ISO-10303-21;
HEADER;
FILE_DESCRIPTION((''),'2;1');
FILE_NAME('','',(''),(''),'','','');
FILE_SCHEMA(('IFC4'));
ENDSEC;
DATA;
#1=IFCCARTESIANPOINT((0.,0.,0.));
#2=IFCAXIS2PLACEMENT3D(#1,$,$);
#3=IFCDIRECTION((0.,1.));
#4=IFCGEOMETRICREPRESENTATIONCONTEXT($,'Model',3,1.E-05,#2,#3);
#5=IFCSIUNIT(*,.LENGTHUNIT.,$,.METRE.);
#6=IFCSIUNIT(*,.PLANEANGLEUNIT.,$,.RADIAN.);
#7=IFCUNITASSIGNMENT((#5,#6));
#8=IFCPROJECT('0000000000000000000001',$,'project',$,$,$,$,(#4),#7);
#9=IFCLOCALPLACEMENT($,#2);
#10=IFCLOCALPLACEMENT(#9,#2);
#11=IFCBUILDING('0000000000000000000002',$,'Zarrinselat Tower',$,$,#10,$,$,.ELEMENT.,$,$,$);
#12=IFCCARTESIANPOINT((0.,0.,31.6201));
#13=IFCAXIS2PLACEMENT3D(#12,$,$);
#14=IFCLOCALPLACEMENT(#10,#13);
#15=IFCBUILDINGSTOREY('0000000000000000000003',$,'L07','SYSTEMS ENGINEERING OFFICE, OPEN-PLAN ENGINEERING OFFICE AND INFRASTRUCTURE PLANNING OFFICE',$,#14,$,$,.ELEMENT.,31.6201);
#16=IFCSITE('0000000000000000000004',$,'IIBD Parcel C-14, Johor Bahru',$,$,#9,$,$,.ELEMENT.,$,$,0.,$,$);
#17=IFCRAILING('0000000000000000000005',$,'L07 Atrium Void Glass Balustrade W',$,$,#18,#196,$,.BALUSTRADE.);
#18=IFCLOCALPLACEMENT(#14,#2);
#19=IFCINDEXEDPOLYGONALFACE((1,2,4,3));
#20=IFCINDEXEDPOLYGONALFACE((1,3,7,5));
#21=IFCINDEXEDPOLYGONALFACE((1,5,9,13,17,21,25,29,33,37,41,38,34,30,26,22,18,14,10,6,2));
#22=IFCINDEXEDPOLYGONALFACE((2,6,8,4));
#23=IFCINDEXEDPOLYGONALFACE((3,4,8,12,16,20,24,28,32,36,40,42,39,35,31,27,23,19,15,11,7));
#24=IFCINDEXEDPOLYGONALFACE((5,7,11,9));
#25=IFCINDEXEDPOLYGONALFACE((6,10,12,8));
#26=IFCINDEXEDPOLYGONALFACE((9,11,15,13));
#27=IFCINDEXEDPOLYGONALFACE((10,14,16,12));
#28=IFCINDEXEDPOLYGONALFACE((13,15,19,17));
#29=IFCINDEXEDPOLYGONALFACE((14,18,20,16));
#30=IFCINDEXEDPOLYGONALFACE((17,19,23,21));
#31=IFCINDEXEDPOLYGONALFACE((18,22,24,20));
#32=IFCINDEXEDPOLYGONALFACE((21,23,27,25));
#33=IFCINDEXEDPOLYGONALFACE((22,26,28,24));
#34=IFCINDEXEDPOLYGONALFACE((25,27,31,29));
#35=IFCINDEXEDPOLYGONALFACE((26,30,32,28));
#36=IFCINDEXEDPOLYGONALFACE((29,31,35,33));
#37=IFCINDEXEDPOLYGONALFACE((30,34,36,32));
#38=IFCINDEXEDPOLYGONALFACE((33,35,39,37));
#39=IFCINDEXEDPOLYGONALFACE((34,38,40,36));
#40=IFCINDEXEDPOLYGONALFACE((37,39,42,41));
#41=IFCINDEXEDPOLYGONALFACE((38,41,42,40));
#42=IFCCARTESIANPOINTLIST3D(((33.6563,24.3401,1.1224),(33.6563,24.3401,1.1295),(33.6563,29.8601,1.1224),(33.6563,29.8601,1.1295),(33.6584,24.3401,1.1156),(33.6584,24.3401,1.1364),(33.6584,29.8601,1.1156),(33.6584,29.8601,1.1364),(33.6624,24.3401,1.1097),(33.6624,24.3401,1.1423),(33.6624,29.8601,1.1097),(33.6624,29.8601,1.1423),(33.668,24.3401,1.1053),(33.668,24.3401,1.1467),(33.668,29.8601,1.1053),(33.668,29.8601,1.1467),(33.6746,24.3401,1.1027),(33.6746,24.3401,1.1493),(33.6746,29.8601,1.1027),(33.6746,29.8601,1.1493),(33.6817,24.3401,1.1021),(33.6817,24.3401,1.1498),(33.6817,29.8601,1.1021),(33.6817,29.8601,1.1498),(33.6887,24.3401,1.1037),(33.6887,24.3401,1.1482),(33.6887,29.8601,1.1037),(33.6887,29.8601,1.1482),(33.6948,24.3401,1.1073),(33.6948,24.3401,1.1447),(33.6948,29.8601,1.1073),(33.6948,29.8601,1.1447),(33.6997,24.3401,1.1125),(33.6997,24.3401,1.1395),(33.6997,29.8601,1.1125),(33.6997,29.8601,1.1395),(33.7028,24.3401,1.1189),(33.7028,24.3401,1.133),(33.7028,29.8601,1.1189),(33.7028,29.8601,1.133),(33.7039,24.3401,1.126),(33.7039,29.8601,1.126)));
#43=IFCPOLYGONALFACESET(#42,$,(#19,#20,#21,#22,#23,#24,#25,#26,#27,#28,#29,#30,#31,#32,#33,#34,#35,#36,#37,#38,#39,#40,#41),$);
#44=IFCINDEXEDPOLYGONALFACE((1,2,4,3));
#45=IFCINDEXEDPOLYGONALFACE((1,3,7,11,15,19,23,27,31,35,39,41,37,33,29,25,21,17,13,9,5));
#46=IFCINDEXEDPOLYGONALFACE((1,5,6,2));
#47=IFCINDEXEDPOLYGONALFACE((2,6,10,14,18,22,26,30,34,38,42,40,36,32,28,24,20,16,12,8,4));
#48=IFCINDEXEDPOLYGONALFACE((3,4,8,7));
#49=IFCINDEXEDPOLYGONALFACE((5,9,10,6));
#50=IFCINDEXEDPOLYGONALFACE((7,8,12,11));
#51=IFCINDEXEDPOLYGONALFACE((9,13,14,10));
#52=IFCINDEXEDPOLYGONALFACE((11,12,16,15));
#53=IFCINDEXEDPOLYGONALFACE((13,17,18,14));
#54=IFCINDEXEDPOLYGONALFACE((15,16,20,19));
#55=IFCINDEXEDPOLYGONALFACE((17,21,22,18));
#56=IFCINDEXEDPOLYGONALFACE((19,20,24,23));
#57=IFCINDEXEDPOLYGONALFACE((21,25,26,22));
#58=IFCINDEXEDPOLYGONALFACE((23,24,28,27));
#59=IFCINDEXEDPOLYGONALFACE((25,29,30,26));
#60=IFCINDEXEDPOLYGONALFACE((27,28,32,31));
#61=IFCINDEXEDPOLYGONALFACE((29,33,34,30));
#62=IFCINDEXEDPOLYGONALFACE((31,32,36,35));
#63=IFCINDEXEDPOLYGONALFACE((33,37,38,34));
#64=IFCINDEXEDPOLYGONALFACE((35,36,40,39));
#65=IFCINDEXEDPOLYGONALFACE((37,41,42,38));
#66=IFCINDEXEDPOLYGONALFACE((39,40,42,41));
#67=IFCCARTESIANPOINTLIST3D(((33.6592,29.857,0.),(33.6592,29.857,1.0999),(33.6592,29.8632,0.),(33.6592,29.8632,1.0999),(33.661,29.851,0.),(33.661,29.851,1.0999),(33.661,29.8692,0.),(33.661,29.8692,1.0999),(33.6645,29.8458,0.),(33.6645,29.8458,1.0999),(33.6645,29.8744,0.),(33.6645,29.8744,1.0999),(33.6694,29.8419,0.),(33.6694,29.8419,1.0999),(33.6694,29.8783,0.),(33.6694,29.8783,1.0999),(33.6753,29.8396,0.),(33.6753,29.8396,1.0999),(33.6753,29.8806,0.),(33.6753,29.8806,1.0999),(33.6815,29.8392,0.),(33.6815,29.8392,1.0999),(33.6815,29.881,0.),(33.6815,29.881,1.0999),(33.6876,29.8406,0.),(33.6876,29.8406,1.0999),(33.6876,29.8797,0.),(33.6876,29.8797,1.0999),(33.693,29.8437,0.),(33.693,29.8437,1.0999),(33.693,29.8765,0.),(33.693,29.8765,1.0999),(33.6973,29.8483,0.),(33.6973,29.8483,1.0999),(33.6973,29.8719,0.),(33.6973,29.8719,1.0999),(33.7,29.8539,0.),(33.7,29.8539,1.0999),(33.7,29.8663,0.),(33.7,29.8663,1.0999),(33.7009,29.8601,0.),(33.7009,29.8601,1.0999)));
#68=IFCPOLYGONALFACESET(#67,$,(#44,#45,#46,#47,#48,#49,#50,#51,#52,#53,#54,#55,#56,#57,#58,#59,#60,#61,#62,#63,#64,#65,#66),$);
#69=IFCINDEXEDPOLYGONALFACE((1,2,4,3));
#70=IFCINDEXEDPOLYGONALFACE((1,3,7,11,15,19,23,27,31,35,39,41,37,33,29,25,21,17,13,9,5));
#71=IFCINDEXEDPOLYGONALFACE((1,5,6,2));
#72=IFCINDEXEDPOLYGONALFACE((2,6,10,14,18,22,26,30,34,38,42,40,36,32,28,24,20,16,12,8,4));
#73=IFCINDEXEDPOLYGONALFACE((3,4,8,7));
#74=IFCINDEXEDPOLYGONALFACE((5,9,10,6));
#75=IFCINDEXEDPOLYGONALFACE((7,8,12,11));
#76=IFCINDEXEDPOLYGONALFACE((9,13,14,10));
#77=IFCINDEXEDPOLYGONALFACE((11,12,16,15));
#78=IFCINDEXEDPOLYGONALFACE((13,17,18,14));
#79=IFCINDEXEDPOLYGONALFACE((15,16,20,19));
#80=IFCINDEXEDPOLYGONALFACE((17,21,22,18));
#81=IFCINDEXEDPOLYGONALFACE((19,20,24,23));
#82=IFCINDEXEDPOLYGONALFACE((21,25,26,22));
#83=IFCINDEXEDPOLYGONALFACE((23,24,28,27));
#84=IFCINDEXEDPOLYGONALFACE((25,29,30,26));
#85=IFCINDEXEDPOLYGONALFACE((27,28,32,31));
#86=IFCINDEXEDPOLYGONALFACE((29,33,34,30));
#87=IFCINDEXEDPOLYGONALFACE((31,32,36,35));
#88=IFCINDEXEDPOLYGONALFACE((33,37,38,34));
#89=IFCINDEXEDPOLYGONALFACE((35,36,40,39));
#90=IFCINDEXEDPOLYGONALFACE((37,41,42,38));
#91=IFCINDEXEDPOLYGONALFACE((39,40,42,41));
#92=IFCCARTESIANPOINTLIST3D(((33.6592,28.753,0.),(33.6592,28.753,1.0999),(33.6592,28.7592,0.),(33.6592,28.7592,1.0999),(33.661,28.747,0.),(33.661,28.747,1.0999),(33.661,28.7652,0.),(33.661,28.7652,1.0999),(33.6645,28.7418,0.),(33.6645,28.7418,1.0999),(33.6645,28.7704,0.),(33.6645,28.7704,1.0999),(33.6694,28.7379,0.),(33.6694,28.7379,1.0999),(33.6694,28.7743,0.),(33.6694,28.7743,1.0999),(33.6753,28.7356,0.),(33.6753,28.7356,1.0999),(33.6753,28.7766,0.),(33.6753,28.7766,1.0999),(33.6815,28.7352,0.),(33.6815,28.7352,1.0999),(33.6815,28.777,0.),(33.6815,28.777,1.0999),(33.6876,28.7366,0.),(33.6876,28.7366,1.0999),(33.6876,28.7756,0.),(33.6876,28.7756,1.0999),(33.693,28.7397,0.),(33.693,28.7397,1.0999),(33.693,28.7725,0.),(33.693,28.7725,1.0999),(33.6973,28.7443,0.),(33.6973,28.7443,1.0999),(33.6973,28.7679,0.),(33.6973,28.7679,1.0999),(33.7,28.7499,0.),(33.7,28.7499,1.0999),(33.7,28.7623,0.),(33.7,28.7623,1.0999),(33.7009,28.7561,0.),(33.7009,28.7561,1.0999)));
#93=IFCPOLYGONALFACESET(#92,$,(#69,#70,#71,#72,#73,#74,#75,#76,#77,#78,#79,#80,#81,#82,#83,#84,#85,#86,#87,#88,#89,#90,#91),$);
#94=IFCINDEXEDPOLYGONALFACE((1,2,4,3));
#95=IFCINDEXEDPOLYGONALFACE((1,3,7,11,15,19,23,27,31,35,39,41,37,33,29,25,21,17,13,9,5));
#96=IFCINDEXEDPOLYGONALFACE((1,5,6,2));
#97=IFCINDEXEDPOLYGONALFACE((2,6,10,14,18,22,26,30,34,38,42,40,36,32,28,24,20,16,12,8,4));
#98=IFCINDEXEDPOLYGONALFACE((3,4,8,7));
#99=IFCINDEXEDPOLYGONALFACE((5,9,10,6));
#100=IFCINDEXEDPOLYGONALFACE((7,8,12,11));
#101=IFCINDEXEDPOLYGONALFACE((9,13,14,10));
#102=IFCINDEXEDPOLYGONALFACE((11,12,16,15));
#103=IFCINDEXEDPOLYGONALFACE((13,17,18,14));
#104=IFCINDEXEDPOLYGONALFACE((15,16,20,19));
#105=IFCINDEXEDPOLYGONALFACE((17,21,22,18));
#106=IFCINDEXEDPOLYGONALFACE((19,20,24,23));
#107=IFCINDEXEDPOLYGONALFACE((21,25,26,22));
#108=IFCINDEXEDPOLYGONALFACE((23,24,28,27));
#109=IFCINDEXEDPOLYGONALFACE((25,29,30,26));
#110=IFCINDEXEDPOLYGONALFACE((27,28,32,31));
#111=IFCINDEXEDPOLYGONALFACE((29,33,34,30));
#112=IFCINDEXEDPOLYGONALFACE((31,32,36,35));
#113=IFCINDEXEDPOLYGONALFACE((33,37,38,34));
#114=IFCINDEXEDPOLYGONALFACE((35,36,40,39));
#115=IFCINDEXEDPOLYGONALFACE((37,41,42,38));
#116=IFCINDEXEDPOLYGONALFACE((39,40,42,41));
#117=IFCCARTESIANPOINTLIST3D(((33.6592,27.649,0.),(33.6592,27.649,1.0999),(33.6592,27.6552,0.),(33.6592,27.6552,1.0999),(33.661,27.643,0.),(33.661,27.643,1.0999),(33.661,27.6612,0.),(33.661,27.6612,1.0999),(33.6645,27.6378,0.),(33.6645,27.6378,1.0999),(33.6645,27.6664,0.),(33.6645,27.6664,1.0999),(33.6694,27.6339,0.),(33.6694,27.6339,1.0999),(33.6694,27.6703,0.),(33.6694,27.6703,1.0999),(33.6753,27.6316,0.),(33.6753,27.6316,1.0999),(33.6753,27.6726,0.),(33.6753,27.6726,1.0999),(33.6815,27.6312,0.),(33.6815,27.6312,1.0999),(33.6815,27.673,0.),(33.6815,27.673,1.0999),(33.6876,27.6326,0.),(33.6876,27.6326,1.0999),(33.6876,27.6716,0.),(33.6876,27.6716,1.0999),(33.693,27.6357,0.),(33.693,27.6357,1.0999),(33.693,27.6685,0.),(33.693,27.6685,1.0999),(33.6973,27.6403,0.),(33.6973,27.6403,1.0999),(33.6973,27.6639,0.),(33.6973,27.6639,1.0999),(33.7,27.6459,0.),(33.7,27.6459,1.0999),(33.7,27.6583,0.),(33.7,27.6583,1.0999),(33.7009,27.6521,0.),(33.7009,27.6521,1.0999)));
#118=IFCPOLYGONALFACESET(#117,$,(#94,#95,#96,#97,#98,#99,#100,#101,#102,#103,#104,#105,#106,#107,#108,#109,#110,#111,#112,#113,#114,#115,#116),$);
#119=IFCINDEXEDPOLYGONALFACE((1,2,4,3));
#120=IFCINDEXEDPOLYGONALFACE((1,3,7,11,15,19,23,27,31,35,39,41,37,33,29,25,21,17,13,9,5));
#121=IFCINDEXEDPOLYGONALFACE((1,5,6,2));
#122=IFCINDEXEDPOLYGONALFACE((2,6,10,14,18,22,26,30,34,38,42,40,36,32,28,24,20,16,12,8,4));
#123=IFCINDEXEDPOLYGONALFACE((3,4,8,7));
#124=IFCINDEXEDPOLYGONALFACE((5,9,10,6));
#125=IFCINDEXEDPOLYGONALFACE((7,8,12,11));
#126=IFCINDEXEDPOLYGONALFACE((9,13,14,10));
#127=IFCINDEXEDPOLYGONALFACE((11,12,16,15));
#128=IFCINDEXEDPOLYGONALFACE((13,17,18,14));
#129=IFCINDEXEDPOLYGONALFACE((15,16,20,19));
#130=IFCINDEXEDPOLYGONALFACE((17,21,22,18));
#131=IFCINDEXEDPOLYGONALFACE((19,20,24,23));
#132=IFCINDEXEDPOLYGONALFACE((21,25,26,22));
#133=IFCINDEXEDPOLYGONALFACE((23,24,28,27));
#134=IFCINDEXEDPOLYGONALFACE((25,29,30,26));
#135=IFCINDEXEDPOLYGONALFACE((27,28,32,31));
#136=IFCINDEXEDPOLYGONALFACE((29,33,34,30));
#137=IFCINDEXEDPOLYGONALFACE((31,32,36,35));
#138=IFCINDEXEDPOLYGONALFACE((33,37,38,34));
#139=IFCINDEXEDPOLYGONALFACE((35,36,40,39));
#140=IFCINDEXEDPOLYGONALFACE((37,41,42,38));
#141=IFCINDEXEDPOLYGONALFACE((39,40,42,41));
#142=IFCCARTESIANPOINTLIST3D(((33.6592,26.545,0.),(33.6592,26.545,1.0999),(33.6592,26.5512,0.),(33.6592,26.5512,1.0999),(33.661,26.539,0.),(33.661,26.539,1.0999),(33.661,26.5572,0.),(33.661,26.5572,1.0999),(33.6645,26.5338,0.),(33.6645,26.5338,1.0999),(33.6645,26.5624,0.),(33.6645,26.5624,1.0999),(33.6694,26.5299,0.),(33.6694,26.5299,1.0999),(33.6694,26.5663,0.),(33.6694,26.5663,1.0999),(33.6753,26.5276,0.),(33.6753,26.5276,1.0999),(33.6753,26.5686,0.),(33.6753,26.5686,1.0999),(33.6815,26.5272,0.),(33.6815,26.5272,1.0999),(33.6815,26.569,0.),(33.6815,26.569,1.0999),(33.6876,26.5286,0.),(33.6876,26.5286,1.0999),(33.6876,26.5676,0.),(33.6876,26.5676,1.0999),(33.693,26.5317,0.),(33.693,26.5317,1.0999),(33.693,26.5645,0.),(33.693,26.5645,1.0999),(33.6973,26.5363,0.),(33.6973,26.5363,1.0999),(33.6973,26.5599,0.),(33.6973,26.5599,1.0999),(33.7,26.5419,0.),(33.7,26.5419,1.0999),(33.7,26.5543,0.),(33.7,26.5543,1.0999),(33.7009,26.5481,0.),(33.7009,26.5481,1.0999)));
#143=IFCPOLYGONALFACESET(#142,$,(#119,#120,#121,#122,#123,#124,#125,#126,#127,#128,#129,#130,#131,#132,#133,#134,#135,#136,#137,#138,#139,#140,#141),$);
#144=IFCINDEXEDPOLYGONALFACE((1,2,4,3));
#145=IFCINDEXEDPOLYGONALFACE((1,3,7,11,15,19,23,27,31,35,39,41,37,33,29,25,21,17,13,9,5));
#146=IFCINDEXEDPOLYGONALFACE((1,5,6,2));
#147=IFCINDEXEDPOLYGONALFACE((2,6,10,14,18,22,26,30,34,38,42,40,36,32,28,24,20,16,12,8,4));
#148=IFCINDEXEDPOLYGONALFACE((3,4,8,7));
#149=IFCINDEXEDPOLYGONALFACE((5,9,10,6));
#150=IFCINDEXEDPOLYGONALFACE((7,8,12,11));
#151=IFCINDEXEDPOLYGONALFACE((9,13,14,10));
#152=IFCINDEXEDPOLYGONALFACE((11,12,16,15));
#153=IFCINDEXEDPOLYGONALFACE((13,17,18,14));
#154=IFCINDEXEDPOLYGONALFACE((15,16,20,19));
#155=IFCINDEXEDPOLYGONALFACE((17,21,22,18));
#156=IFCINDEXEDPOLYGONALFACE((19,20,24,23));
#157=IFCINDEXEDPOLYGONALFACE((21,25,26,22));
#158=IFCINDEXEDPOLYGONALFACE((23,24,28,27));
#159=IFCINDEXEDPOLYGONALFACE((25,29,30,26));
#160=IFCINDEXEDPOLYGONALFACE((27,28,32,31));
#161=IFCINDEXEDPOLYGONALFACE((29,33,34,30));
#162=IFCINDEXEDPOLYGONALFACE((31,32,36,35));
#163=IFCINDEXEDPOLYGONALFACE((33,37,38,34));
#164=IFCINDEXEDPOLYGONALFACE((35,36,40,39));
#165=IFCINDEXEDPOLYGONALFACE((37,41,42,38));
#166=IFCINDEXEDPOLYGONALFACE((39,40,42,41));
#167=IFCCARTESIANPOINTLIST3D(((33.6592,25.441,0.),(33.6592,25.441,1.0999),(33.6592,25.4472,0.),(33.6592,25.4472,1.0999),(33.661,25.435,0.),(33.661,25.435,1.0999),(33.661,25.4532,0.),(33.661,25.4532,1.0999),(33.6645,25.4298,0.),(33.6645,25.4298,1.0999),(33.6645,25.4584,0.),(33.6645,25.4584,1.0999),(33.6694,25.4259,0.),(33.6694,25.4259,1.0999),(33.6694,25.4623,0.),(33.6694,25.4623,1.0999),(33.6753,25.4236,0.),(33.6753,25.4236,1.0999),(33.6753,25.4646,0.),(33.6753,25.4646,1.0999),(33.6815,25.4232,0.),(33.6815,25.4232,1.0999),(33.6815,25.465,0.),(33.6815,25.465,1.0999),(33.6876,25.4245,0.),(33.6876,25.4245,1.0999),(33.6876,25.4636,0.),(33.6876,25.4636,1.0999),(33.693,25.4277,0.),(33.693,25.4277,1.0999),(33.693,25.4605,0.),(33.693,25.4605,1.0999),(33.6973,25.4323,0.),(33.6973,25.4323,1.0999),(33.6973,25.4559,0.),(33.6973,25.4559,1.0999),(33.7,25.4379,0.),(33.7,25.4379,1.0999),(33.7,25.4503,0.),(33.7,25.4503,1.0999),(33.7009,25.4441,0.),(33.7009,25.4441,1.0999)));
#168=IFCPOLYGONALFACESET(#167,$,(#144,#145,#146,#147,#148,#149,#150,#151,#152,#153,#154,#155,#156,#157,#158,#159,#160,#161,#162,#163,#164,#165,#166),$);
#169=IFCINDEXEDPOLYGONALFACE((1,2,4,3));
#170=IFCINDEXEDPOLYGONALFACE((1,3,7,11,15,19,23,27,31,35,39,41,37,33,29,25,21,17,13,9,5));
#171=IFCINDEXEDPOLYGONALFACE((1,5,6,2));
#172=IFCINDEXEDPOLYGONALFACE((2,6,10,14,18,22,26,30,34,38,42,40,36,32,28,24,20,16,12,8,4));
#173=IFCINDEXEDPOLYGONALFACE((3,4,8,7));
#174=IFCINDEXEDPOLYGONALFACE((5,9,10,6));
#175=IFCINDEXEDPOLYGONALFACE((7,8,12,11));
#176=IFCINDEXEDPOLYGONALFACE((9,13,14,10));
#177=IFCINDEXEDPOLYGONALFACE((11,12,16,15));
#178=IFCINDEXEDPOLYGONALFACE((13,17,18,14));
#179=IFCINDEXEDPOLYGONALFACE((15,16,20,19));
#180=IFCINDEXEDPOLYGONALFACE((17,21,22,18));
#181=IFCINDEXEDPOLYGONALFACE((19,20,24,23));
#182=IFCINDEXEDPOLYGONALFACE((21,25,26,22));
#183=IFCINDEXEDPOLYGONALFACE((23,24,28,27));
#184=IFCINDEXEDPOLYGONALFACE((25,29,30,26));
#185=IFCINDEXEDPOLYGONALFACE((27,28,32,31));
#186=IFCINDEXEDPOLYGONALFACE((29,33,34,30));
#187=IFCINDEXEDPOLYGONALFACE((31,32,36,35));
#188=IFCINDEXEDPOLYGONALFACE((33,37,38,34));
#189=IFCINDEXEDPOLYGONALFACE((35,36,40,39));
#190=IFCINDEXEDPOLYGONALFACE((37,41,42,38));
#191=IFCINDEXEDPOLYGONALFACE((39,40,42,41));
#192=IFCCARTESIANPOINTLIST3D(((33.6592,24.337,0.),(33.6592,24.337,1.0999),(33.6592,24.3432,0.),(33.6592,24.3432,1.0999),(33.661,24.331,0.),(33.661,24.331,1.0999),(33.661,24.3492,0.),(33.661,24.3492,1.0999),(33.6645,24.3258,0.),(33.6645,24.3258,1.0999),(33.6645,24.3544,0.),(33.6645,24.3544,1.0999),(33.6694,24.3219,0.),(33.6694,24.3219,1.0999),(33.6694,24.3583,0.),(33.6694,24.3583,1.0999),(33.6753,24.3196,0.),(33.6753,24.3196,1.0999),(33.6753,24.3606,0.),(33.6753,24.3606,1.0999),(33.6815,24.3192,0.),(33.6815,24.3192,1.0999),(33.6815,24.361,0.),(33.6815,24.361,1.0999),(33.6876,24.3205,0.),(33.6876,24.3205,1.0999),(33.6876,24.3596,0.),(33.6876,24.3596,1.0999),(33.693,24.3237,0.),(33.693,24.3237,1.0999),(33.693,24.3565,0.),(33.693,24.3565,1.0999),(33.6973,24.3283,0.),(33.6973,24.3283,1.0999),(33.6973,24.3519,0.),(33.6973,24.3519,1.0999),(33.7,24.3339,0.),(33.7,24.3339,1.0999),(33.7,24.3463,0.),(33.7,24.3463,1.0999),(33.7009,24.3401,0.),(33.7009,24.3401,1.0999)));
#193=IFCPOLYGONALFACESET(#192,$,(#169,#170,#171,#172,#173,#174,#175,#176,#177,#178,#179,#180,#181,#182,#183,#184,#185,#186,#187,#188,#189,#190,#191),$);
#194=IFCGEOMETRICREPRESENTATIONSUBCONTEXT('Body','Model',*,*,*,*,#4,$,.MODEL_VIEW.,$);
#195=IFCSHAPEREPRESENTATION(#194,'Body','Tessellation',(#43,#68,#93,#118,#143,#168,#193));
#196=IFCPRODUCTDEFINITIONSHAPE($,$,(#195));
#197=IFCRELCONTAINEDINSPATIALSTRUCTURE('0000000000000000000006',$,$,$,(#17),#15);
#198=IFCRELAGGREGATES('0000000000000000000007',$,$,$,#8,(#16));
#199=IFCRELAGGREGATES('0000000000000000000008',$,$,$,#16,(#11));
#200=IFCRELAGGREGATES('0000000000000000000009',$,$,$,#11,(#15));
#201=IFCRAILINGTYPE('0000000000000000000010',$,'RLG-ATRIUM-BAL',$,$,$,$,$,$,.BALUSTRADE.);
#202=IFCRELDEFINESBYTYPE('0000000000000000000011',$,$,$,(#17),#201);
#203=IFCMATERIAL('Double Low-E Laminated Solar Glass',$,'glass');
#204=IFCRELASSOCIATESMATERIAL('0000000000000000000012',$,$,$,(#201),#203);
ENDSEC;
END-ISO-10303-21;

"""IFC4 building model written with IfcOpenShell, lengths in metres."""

from ifc_helpers import new_model, si_unit, direction, frame, origin, origin_2d, place, context, subcontext, project, spatial, circle, extrude, material, type_object, element, save


model = new_model("IFC4")

# Units and contexts
model_context = context("Model", 3, precision=1e-05, world=origin(), true_north=direction((0.0, 1.0)))
body_context = subcontext(model_context, "Body", "Model", "MODEL_VIEW")
ifc_project = project(units=[si_unit("LENGTHUNIT", "METRE"), si_unit("PLANEANGLEUNIT", "RADIAN")], contexts=[model_context])

# Site, building, storey
site_placement = place(None, origin())
site = spatial("IfcSite", under=ifc_project, at=site_placement, Name="IIBD Parcel C-14, Johor Bahru", CompositionType="ELEMENT", RefElevation=0.0)
building_placement = place(site_placement, origin())
building = spatial("IfcBuilding", under=site, at=building_placement, Name="Zarrinselat Tower", CompositionType="ELEMENT")
storey_placement = place(building_placement, frame((0.0, 0.0, 31.6201)))
storey = spatial("IfcBuildingStorey", under=building, at=storey_placement, Name="L07", Description="SYSTEMS ENGINEERING OFFICE, OPEN-PLAN ENGINEERING OFFICE AND INFRASTRUCTURE PLANNING OFFICE", CompositionType="ELEMENT", Elevation=31.6201)

# Railing
ifc_material_1 = material(Name="Double Low-E Laminated Solar Glass", Category="glass")
railing_type_1 = type_object("IfcRailingType", Name="RLG-ATRIUM-BAL", PredefinedType="BALUSTRADE", material=ifc_material_1)
railing_1_placement = place(storey_placement, frame((33.6799, 29.8601, 0.0)))
element("IfcRailing", 1, at=railing_1_placement, inside=storey, type_object=railing_type_1, Name="L07 Atrium Void Glass Balustrade W", PredefinedType="BALUSTRADE", context=body_context, shape_type="SweptSolid", body=[
    extrude(circle(Radius=0.0239, at=origin_2d()), frame((0.0, 0.0, 1.126), z_axis=(0.0, -1.0, 0.0), x_axis=(1.0, 0.0, 0.0)), (0.0, 0.0, 1.0), 5.52),
    extrude(circle(Radius=0.021, at=origin_2d()), origin(), (0.0, 0.0, 1.0), 1.0999),
    extrude(circle(Radius=0.021, at=origin_2d()), frame((0.0, -1.104, 0.0)), (0.0, 0.0, 1.0), 1.0999),
    extrude(circle(Radius=0.021, at=origin_2d()), frame((0.0, -2.208, 0.0)), (0.0, 0.0, 1.0), 1.0999),
    extrude(circle(Radius=0.021, at=origin_2d()), frame((0.0, -3.312, 0.0)), (0.0, 0.0, 1.0), 1.0999),
    extrude(circle(Radius=0.021, at=origin_2d()), frame((0.0, -4.416, 0.0)), (0.0, 0.0, 1.0), 1.0999),
    extrude(circle(Radius=0.021, at=origin_2d()), frame((0.0, -5.52, 0.0)), (0.0, 0.0, 1.0), 1.0999),
])

save(model, "model.ifc")
